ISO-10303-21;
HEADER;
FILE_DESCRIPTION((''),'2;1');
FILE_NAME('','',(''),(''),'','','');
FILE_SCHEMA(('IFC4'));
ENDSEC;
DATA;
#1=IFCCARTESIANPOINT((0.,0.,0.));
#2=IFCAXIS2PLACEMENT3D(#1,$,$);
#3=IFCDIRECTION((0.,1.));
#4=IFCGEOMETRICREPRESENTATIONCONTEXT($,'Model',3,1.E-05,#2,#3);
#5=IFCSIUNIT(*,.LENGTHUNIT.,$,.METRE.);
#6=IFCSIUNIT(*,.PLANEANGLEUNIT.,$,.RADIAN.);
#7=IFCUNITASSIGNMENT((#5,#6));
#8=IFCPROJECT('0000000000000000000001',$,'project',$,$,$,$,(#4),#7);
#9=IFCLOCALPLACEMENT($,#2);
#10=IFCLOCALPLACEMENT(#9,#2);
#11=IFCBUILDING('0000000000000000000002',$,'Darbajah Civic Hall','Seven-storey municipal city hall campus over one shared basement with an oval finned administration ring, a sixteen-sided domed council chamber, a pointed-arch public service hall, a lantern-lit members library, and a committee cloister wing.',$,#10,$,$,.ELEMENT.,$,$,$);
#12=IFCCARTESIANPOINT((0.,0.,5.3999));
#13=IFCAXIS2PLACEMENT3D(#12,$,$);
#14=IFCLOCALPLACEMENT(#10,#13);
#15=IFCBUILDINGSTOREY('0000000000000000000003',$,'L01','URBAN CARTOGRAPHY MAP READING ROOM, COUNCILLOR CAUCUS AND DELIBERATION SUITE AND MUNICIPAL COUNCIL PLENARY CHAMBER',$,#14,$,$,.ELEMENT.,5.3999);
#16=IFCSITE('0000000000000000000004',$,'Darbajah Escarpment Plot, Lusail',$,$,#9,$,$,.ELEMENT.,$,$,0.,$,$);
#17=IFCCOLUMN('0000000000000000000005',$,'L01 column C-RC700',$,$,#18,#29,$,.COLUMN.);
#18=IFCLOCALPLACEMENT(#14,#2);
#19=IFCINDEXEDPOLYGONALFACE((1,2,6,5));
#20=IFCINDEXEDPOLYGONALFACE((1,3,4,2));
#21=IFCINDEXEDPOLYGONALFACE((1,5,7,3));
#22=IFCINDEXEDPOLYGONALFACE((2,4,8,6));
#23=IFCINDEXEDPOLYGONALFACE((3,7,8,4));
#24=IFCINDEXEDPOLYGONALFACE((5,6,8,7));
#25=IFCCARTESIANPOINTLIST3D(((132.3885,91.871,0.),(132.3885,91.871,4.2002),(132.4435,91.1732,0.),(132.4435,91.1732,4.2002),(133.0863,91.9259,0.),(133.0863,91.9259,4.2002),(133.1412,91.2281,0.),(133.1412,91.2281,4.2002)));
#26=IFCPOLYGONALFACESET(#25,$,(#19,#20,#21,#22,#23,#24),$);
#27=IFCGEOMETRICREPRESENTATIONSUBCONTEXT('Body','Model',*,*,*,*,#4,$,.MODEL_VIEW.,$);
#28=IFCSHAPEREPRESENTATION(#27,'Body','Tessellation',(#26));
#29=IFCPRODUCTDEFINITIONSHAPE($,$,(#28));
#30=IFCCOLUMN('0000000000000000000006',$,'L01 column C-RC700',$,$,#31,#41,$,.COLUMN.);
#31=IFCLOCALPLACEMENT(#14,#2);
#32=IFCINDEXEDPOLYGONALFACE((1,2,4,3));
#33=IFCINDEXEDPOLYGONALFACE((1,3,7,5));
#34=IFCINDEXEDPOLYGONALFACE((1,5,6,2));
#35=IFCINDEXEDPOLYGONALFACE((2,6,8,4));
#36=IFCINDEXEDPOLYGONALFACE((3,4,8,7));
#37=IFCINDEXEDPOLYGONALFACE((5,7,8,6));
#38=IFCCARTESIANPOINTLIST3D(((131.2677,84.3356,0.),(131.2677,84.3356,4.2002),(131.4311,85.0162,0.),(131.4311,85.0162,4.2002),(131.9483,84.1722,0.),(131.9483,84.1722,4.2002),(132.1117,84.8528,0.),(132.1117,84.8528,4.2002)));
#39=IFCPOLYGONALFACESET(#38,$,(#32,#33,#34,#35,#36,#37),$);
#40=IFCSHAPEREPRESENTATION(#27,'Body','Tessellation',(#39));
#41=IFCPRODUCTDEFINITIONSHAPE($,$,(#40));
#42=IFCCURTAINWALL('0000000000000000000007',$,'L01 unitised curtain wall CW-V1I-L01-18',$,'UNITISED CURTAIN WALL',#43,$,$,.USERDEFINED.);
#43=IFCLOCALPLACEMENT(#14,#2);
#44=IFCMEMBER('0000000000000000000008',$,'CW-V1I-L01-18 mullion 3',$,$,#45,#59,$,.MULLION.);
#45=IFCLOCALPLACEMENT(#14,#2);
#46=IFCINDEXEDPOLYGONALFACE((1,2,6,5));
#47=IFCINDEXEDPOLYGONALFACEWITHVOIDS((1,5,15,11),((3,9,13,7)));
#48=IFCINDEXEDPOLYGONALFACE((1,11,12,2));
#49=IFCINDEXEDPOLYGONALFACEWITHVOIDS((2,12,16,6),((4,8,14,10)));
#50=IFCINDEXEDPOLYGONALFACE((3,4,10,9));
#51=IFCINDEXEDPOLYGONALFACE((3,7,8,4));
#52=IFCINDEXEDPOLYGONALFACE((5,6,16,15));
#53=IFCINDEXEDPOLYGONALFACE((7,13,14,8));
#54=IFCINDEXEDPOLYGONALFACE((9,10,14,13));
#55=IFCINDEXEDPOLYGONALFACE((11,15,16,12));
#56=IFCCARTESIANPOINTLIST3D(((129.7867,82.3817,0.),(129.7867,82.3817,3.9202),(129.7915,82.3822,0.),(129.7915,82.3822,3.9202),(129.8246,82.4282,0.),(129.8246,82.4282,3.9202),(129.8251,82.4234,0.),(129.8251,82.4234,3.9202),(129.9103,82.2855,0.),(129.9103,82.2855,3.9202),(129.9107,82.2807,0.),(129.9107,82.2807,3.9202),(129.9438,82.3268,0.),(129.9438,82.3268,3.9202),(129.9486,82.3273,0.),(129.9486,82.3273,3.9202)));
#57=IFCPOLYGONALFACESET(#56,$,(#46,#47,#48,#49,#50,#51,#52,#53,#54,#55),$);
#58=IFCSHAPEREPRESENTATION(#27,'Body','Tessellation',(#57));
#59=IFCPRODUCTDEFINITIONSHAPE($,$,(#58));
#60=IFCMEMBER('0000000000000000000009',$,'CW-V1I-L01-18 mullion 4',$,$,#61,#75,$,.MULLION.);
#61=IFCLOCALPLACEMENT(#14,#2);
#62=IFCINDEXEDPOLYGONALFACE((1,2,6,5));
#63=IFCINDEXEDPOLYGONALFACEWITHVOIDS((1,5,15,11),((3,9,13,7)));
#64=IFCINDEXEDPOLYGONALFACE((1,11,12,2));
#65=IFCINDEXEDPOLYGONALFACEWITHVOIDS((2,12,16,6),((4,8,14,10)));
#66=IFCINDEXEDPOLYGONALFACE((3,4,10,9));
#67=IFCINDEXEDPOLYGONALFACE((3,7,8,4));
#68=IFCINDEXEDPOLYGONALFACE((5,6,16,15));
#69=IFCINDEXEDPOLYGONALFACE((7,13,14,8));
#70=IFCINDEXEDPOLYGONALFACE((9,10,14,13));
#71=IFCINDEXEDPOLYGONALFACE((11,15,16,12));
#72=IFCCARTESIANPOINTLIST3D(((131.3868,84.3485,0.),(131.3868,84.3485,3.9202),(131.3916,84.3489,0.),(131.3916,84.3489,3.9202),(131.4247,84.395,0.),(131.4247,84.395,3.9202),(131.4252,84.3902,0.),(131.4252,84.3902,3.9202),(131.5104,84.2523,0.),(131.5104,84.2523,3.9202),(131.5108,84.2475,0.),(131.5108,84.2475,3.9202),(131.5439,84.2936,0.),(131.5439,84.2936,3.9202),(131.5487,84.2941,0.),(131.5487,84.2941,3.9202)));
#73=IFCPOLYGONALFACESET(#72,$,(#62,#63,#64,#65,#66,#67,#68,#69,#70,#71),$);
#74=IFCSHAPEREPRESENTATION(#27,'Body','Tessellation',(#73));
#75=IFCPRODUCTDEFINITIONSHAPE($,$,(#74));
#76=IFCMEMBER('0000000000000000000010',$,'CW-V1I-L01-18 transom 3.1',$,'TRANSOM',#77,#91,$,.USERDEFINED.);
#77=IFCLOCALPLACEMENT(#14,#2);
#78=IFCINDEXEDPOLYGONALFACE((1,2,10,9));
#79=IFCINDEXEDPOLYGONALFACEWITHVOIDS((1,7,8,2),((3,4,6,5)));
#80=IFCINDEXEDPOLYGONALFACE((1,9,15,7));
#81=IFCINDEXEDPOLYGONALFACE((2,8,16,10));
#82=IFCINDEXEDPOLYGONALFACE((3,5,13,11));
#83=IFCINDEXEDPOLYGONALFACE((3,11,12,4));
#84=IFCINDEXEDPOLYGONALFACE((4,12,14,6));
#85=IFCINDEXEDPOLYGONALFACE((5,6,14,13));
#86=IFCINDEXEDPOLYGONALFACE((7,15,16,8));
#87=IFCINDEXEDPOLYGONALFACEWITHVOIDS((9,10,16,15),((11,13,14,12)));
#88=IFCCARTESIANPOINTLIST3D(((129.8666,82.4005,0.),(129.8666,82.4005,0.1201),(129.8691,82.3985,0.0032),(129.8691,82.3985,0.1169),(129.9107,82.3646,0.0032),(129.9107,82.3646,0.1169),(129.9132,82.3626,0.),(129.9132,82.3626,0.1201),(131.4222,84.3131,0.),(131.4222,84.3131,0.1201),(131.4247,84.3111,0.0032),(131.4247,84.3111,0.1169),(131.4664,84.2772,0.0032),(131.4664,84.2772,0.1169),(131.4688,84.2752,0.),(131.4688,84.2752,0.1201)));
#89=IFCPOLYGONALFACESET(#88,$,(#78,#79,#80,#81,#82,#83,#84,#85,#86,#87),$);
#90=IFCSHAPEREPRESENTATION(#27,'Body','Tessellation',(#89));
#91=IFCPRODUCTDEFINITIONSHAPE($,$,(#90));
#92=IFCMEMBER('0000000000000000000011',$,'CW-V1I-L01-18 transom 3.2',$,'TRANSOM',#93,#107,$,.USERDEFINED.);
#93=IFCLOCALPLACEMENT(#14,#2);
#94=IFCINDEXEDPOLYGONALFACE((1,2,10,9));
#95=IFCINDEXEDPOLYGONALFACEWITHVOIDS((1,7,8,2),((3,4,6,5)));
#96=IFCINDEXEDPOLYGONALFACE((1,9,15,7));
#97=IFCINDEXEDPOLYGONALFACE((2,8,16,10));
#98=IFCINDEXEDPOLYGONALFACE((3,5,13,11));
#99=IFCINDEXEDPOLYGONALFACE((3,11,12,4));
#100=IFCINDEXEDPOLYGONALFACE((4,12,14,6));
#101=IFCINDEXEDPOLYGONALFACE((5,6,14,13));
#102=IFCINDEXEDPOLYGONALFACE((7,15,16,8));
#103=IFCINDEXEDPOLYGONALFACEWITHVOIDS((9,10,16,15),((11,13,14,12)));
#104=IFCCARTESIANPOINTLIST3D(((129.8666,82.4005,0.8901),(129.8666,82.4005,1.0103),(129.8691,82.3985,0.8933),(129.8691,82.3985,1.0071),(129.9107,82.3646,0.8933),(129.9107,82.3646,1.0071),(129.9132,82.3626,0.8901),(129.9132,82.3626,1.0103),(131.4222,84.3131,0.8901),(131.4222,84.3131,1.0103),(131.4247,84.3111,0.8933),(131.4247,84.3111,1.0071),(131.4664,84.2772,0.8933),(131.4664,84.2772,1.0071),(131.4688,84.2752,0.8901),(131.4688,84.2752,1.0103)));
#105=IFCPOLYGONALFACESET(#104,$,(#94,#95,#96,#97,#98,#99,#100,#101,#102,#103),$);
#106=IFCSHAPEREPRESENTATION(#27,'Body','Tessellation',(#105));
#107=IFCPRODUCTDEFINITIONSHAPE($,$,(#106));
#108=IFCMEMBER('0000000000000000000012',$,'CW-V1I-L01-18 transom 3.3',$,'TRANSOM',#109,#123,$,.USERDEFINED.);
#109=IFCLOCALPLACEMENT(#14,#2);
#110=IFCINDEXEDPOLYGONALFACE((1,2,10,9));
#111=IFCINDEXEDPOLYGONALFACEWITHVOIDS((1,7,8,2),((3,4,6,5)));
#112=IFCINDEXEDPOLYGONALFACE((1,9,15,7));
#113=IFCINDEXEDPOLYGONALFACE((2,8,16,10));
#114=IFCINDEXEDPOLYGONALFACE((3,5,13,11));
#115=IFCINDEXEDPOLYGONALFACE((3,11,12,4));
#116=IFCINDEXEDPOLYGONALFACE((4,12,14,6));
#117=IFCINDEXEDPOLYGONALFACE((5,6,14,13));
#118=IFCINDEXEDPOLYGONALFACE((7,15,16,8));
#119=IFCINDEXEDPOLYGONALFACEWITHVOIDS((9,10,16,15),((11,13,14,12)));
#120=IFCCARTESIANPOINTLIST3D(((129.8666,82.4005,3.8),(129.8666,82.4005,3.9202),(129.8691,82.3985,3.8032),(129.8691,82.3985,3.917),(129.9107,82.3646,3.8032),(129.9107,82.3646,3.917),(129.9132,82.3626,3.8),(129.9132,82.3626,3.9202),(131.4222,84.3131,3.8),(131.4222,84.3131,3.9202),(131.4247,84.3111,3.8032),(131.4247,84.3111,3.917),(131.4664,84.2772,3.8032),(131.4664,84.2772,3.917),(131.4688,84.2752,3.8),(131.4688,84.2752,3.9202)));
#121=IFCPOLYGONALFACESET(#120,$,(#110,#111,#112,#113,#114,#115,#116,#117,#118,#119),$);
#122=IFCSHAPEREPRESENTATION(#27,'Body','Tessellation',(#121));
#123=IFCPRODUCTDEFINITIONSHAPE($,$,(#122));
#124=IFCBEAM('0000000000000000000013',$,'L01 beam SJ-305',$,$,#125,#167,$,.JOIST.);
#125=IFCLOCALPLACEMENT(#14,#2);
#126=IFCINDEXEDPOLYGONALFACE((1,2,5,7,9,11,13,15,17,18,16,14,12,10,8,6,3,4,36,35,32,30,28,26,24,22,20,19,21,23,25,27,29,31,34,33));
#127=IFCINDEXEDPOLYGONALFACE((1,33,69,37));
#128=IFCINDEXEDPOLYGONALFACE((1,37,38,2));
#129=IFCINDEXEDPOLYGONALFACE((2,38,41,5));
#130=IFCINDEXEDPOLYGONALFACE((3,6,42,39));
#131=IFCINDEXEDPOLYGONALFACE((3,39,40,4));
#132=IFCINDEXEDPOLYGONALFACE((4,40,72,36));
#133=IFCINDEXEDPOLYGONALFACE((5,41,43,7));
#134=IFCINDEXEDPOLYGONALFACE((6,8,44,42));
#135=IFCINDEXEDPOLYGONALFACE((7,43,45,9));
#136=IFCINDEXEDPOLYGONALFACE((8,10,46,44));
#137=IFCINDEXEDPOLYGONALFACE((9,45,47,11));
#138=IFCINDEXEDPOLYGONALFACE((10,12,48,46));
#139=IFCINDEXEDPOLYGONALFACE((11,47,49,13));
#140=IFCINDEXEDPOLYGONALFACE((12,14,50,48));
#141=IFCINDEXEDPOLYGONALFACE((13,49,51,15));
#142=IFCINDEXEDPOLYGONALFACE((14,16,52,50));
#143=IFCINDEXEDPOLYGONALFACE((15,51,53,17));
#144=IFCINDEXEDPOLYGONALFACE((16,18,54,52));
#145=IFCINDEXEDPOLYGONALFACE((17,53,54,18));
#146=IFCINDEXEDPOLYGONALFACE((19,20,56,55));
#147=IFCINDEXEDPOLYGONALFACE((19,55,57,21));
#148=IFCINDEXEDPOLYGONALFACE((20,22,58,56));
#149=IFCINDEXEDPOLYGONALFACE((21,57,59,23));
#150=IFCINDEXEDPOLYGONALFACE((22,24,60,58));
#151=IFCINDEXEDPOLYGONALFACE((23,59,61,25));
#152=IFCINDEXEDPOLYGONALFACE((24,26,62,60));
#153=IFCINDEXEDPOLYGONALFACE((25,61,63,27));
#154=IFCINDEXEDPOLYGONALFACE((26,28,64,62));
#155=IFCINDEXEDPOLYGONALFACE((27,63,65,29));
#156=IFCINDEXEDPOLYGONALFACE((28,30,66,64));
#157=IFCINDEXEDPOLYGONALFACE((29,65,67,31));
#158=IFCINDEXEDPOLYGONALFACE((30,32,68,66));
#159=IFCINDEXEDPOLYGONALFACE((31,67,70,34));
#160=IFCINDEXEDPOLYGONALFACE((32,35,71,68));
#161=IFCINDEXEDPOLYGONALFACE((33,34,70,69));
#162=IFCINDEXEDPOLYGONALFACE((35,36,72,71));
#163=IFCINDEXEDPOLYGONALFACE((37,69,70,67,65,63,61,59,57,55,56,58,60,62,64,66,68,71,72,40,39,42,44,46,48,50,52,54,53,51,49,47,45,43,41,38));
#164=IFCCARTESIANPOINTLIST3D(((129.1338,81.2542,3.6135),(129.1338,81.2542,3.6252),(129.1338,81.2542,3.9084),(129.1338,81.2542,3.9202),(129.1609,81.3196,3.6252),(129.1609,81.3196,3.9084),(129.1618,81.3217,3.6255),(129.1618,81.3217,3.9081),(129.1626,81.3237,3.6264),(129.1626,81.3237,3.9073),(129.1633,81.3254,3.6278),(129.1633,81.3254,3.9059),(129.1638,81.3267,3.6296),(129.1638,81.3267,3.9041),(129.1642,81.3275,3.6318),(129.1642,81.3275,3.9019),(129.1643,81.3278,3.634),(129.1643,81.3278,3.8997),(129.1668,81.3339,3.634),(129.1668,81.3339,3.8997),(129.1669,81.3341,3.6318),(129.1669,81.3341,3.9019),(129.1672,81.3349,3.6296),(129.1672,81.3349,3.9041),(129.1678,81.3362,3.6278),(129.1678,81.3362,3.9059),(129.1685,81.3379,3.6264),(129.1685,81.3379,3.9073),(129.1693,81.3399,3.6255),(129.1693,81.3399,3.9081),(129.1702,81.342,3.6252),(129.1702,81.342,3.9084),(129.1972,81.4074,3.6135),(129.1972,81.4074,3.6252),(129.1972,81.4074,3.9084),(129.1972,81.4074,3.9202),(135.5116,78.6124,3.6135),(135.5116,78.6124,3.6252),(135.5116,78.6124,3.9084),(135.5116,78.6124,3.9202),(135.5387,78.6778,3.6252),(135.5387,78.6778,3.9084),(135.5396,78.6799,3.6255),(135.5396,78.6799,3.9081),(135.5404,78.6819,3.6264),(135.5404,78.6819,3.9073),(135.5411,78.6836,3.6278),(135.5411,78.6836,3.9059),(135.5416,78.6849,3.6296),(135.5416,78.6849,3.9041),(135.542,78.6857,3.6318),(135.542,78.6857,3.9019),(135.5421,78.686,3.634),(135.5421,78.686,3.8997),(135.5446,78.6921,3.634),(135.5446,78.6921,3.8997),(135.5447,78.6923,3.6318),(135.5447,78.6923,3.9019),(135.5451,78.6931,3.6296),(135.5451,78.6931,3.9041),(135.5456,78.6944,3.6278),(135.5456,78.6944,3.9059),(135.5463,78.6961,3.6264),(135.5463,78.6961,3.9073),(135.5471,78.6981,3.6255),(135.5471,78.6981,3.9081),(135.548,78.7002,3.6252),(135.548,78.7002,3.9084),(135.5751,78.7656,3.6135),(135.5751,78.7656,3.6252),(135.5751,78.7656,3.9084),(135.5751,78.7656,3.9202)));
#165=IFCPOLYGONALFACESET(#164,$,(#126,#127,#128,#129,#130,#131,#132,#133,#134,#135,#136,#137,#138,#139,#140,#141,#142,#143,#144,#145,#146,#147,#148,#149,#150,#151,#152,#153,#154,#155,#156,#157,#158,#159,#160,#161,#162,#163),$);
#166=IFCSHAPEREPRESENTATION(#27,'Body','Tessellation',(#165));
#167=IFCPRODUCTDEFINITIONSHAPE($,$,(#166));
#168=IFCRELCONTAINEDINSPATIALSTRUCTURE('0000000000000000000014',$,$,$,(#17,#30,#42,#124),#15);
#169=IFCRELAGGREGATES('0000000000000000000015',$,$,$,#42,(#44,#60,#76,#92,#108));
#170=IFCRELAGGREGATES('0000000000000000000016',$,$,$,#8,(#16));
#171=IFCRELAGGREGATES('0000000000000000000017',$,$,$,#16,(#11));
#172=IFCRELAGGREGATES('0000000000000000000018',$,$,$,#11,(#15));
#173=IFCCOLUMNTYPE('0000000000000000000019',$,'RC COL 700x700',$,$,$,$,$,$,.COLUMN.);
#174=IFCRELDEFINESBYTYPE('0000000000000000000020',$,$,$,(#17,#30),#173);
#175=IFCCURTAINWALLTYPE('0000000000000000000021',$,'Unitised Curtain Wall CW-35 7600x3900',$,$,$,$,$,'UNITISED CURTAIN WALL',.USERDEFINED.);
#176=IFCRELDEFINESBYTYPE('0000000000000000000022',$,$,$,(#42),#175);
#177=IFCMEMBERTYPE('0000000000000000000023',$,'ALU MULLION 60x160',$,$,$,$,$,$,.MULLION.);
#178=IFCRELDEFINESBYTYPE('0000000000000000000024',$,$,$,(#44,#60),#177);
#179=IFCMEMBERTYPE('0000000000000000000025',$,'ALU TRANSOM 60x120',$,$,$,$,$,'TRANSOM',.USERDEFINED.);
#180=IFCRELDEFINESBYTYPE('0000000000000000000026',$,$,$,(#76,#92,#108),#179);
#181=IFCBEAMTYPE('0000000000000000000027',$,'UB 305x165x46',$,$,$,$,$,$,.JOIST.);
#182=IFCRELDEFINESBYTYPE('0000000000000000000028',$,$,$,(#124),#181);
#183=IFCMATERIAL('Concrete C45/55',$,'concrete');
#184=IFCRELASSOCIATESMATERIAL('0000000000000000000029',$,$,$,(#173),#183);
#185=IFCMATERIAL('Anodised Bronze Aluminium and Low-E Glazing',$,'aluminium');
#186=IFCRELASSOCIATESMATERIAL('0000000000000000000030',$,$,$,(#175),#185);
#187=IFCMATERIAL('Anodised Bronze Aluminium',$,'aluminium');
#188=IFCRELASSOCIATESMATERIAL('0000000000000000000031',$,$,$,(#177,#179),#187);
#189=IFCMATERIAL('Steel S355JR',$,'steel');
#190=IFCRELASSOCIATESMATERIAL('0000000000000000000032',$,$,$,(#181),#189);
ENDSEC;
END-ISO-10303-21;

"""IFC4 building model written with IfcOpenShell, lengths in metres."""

from ifc_helpers import new_model, si_unit, direction, frame, origin, origin_2d, place, context, subcontext, project, spatial, rectangle, hollow_rectangle, i_section, extrude, material, material_profile, profile_set, type_object, element, aggregate, save


model = new_model("IFC4")

# Units and contexts
model_context = context("Model", 3, precision=1e-05, world=origin(), true_north=direction((0.0, 1.0)))
body_context = subcontext(model_context, "Body", "Model", "MODEL_VIEW")
ifc_project = project(units=[si_unit("LENGTHUNIT", "METRE"), si_unit("PLANEANGLEUNIT", "RADIAN")], contexts=[model_context])

# Site, building, storey
site_placement = place(None, origin())
site = spatial("IfcSite", under=ifc_project, at=site_placement, Name="Darbajah Escarpment Plot, Lusail", CompositionType="ELEMENT", RefElevation=0.0)
building_placement = place(site_placement, origin())
building = spatial("IfcBuilding", under=site, at=building_placement, Name="Darbajah Civic Hall", Description="Seven-storey municipal city hall campus over one shared basement with an oval finned administration ring, a sixteen-sided domed council chamber, a pointed-arch public service hall, a lantern-lit members library, and a committee cloister wing.", CompositionType="ELEMENT")
storey_placement = place(building_placement, frame((0.0, 0.0, 5.3999)))
storey = spatial("IfcBuildingStorey", under=building, at=storey_placement, Name="L01", Description="URBAN CARTOGRAPHY MAP READING ROOM, COUNCILLOR CAUCUS AND DELIBERATION SUITE AND MUNICIPAL COUNCIL PLENARY CHAMBER", CompositionType="ELEMENT", Elevation=5.3999)

# Columns
ifc_material_1 = material(Name="Concrete C45/55", Category="concrete")
ifc_material_profile_1 = material_profile(ifc_material_1, rectangle(XDim=0.7, YDim=0.7, at=origin_2d()), Name="RC COL 700x700")
ifc_profile_set_1 = profile_set([ifc_material_profile_1], Name="Concrete C45/55")
column_type = type_object("IfcColumnType", Name="RC COL 700x700", PredefinedType="COLUMN", material=ifc_profile_set_1)
for number, where, z_axis, x_axis, name in (
    (1, (132.7649, 91.5496, 0.0), (0.0, 0.0, 1.0), (0.996917, 0.078459, 0.0), "L01 column C-RC700"),
    (2, (131.6897, 84.5942, 0.0), (0.0, 0.0, 1.0), (0.97237, -0.233445, 0.0), "L01 column C-RC700"),
):
    element("IfcColumn", number, at=place(storey_placement, frame(where, z_axis=z_axis, x_axis=x_axis)), inside=storey, type_object=column_type, Name=name, PredefinedType="COLUMN", context=body_context, shape_type="SweptSolid", body=[
        extrude(rectangle(XDim=0.7, YDim=0.7, at=origin_2d()), origin(), (0.0, 0.0, 1.0), 4.2002),
    ])

# Curtain wall, members
ifc_material_2 = material(Name="Anodised Bronze Aluminium and Low-E Glazing", Category="aluminium")
curtain_wall_type_1 = type_object("IfcCurtainWallType", Name="Unitised Curtain Wall CW-35 7600x3900", ElementType="UNITISED CURTAIN WALL", PredefinedType="USERDEFINED", material=ifc_material_2)
curtain_wall_1_placement = place(storey_placement, origin())
curtain_wall_1 = element("IfcCurtainWall", 3, at=curtain_wall_1_placement, inside=storey, type_object=curtain_wall_type_1, Name="L01 unitised curtain wall CW-V1I-L01-18", ObjectType="UNITISED CURTAIN WALL", PredefinedType="USERDEFINED")
ifc_material_3 = material(Name="Anodised Bronze Aluminium", Category="aluminium")
ifc_material_profile_2 = material_profile(ifc_material_3, hollow_rectangle(XDim=0.0601, YDim=0.1599, WallThickness=0.0034, at=origin_2d()), Name="ALU MULLION 60x160")
ifc_profile_set_2 = profile_set([ifc_material_profile_2], Name="Anodised Bronze Aluminium")
member_type_1 = type_object("IfcMemberType", Name="ALU MULLION 60x160", PredefinedType="MULLION", material=ifc_profile_set_2)
member_1_placement = place(storey_placement, frame((129.8677, 82.3545, 0.0), z_axis=(0.0, 0.0, 1.0), x_axis=(0.631082, 0.775716, 0.0)))
member_1 = element("IfcMember", 4, at=member_1_placement, type_object=member_type_1, Name="CW-V1I-L01-18 mullion 3", PredefinedType="MULLION", context=body_context, shape_type="SweptSolid", body=[
    extrude(hollow_rectangle(XDim=0.0601, YDim=0.1599, WallThickness=0.0034, at=origin_2d()), origin(), (0.0, 0.0, 1.0), 3.9202),
])
member_2_placement = place(storey_placement, frame((131.4678, 84.3213, 0.0), z_axis=(0.0, 0.0, 1.0), x_axis=(0.631082, 0.775716, 0.0)))
member_2 = element("IfcMember", 5, at=member_2_placement, type_object=member_type_1, Name="CW-V1I-L01-18 mullion 4", PredefinedType="MULLION", context=body_context, shape_type="SweptSolid", body=[
    extrude(hollow_rectangle(XDim=0.0601, YDim=0.1599, WallThickness=0.0034, at=origin_2d()), origin(), (0.0, 0.0, 1.0), 3.9202),
])
ifc_material_profile_3 = material_profile(ifc_material_3, hollow_rectangle(XDim=0.0601, YDim=0.1201, WallThickness=0.0032, at=origin_2d()), Name="ALU TRANSOM 60x120")
ifc_profile_set_3 = profile_set([ifc_material_profile_3], Name="Anodised Bronze Aluminium")
member_type_2 = type_object("IfcMemberType", Name="ALU TRANSOM 60x120", ElementType="TRANSOM", PredefinedType="USERDEFINED", material=ifc_profile_set_3)
member_3_placement = place(storey_placement, frame((129.8899, 82.3816, 0.0601), z_axis=(0.631003, 0.775781, 0.0), x_axis=(-0.775781, 0.631003, 0.0)))
member_3 = element("IfcMember", 6, at=member_3_placement, type_object=member_type_2, Name="CW-V1I-L01-18 transom 3.1", ObjectType="TRANSOM", PredefinedType="USERDEFINED", context=body_context, shape_type="SweptSolid", body=[
    extrude(hollow_rectangle(XDim=0.0601, YDim=0.1201, WallThickness=0.0032, at=origin_2d()), origin(), (0.0, 0.0, 1.0), 2.4653),
])
member_4_placement = place(storey_placement, frame((129.8899, 82.3816, 0.9502), z_axis=(0.631003, 0.775781, 0.0), x_axis=(-0.775781, 0.631003, 0.0)))
member_4 = element("IfcMember", 7, at=member_4_placement, type_object=member_type_2, Name="CW-V1I-L01-18 transom 3.2", ObjectType="TRANSOM", PredefinedType="USERDEFINED", context=body_context, shape_type="SweptSolid", body=[
    extrude(hollow_rectangle(XDim=0.0601, YDim=0.1201, WallThickness=0.0032, at=origin_2d()), origin(), (0.0, 0.0, 1.0), 2.4653),
])
member_5_placement = place(storey_placement, frame((129.8899, 82.3816, 3.8601), z_axis=(0.631003, 0.775781, 0.0), x_axis=(-0.775781, 0.631003, 0.0)))
member_5 = element("IfcMember", 8, at=member_5_placement, type_object=member_type_2, Name="CW-V1I-L01-18 transom 3.3", ObjectType="TRANSOM", PredefinedType="USERDEFINED", context=body_context, shape_type="SweptSolid", body=[
    extrude(hollow_rectangle(XDim=0.0601, YDim=0.1201, WallThickness=0.0032, at=origin_2d()), origin(), (0.0, 0.0, 1.0), 2.4653),
])

# Beam
ifc_material_4 = material(Name="Steel S355JR", Category="steel")
ifc_material_profile_4 = material_profile(ifc_material_4, i_section(OverallWidth=0.1658, OverallDepth=0.3066, WebThickness=0.0066, FlangeThickness=0.0117, FilletRadius=0.0088, at=origin_2d()), Name="UB 305x165x46")
ifc_profile_set_4 = profile_set([ifc_material_profile_4], Name="Steel S355JR")
beam_type_1 = type_object("IfcBeamType", Name="UB 305x165x46", PredefinedType="JOIST", material=ifc_profile_set_4)
for number, where, z_axis, x_axis, name in (
    (9, (129.1655, 81.3308, 3.7668), (0.923878, -0.382686, 0.0), (0.382686, 0.923878, 0.0), "L01 beam SJ-305"),
):
    element("IfcBeam", number, at=place(storey_placement, frame(where, z_axis=z_axis, x_axis=x_axis)), inside=storey, type_object=beam_type_1, Name=name, PredefinedType="JOIST", context=body_context, shape_type="SweptSolid", body=[
        extrude(i_section(OverallWidth=0.1658, OverallDepth=0.3066, WebThickness=0.0066, FlangeThickness=0.0117, FilletRadius=0.0088, at=origin_2d()), origin(), (0.0, 0.0, 1.0), 6.9033),
    ])

aggregate(curtain_wall_1, [member_1, member_2, member_3, member_4, member_5])

save(model, "model.ifc")
